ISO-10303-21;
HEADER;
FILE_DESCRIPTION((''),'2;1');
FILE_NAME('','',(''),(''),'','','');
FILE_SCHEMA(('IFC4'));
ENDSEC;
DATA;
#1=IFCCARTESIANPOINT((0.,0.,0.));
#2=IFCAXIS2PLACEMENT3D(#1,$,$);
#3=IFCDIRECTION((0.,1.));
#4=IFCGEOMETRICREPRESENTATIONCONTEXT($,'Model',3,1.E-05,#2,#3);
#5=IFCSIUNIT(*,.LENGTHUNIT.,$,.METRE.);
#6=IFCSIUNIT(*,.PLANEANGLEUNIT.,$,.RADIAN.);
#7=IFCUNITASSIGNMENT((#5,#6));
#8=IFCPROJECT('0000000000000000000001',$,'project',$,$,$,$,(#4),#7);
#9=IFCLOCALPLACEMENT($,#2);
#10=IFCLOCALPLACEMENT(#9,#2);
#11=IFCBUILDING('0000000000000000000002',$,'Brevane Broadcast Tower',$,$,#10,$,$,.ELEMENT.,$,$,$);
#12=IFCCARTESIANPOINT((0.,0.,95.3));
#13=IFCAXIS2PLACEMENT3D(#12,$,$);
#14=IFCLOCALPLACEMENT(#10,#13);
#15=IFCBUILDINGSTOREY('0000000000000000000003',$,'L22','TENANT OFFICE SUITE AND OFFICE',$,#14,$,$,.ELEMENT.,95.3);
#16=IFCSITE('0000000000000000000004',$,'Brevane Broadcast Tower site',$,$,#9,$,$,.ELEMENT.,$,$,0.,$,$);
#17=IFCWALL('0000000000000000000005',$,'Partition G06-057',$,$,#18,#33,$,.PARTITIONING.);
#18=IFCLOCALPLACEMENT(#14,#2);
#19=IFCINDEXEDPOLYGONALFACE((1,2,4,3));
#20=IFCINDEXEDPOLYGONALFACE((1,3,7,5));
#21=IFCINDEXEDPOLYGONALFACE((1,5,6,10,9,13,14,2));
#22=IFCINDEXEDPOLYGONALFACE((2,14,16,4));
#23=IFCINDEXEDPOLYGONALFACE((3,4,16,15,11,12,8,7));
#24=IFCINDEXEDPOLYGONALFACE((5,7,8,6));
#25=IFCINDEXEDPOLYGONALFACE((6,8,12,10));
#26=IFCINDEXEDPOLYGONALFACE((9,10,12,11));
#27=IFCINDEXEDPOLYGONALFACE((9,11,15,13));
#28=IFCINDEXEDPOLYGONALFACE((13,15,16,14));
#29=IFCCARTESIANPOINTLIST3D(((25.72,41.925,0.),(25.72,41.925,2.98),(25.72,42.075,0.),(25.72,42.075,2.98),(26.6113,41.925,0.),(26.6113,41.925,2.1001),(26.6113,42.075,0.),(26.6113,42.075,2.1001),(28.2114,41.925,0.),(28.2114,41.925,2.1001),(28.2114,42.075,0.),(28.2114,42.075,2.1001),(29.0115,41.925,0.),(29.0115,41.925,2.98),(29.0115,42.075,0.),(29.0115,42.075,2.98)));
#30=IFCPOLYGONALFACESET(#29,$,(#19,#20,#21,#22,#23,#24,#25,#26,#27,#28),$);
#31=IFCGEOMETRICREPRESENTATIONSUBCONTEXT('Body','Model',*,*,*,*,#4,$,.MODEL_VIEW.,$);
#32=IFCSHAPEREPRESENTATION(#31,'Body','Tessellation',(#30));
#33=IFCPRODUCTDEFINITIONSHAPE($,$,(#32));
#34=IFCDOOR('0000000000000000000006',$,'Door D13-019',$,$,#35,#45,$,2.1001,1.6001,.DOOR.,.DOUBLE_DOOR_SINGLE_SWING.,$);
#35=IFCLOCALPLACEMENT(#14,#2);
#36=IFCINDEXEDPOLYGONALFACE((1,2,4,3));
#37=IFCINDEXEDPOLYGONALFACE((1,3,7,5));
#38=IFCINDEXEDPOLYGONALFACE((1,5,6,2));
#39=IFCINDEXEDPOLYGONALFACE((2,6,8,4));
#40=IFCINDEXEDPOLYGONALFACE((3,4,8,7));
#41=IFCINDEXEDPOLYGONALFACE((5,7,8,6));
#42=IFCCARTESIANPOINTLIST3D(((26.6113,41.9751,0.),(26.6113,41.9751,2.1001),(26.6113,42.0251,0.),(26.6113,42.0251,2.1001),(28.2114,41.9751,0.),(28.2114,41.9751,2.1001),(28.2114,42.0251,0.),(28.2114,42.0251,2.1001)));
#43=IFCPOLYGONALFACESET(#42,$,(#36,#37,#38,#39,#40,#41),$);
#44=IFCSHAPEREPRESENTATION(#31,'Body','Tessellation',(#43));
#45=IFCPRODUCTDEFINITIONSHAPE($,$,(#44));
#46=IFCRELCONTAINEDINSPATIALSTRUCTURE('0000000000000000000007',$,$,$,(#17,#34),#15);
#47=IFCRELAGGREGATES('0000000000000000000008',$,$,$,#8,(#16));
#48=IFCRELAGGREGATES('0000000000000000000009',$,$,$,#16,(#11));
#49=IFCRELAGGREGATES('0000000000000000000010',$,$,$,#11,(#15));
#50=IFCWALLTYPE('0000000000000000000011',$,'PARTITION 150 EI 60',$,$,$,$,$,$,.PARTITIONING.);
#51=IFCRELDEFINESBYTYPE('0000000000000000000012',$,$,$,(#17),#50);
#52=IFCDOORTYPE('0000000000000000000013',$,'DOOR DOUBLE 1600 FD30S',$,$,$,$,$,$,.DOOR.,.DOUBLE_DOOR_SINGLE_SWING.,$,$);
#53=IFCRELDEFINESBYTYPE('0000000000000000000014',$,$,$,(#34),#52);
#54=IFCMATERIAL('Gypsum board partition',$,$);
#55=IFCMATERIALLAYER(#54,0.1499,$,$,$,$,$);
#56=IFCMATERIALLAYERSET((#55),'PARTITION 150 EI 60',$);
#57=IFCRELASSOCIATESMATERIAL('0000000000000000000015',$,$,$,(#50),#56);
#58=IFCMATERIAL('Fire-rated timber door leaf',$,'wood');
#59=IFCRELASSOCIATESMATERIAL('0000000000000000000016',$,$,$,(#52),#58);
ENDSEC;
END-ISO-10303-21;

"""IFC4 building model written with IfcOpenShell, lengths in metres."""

from ifc_helpers import new_model, si_unit, direction, frame, frame_2d, origin, place, context, subcontext, project, spatial, rectangle, extrude, material, layer, layer_set, type_object, element, fill, save


model = new_model("IFC4")

# Units and contexts
model_context = context("Model", 3, precision=1e-05, world=origin(), true_north=direction((0.0, 1.0)))
body_context = subcontext(model_context, "Body", "Model", "MODEL_VIEW")
ifc_project = project(units=[si_unit("LENGTHUNIT", "METRE"), si_unit("PLANEANGLEUNIT", "RADIAN")], contexts=[model_context])

# Site, building, storey
site_placement = place(None, origin())
site = spatial("IfcSite", under=ifc_project, at=site_placement, Name="Brevane Broadcast Tower site", CompositionType="ELEMENT", RefElevation=0.0)
building_placement = place(site_placement, origin())
building = spatial("IfcBuilding", under=site, at=building_placement, Name="Brevane Broadcast Tower", CompositionType="ELEMENT")
storey_placement = place(building_placement, frame((0.0, 0.0, 95.3)))
storey = spatial("IfcBuildingStorey", under=building, at=storey_placement, Name="L22", Description="TENANT OFFICE SUITE AND OFFICE", CompositionType="ELEMENT", Elevation=95.3)

# Shared definitions
ifc_material_1 = material(Name="Gypsum board partition")

# Wall, opening, door
ifc_layer_1 = layer(ifc_material_1, 0.1499)
ifc_layer_set_1 = layer_set([ifc_layer_1], Name="PARTITION 150 EI 60")
wall_type_1 = type_object("IfcWallType", Name="PARTITION 150 EI 60", PredefinedType="PARTITIONING", material=ifc_layer_set_1)
wall_1_placement = place(storey_placement, frame((29.0115, 42.0, 0.0), z_axis=(0.0, 0.0, 1.0), x_axis=(-1.0, 0.0, 0.0)))
wall_1 = element("IfcWall", 1, at=wall_1_placement, inside=storey, type_object=wall_type_1, Name="Partition G06-057", PredefinedType="PARTITIONING", context=body_context, shape_type="SweptSolid", body=[
    extrude(rectangle(XDim=3.2915, YDim=0.1499, at=frame_2d((1.6458, 0.0))), origin(), (0.0, 0.0, 1.0), 2.98),
])
opening_placement = place(wall_1_placement, frame((0.8, 0.0, 0.0)))
opening = element("IfcOpeningElement", 2, at=opening_placement, cuts=wall_1, PredefinedType="OPENING", context=body_context, shape_type="SweptSolid", body=[
    extrude(rectangle(XDim=1.6001, YDim=2.1001, at=frame_2d((0.8, 1.05))), frame((0.0, 0.085, 0.0), z_axis=(0.0, -1.0, 0.0), x_axis=(1.0, 0.0, 0.0)), (0.0, 0.0, 1.0), 0.1699),
])
ifc_material_2 = material(Name="Fire-rated timber door leaf", Category="wood")
door_type = type_object("IfcDoorType", Name="DOOR DOUBLE 1600 FD30S", OperationType="DOUBLE_DOOR_SINGLE_SWING", PredefinedType="DOOR", material=ifc_material_2)
door_placement = place(opening_placement, origin())
door = element("IfcDoor", 3, at=door_placement, inside=storey, type_object=door_type, Name="Door D13-019", OperationType="DOUBLE_DOOR_SINGLE_SWING", OverallHeight=2.1001, OverallWidth=1.6001, PredefinedType="DOOR", context=body_context, shape_type="SweptSolid", body=[
    extrude(rectangle(XDim=1.6001, YDim=2.1001, at=frame_2d((0.8, 1.05))), frame((0.0, 0.0249, 0.0), z_axis=(0.0, -1.0, 0.0), x_axis=(1.0, 0.0, 0.0)), (0.0, 0.0, 1.0), 0.05),
])
fill(opening, door)

save(model, "model.ifc")
